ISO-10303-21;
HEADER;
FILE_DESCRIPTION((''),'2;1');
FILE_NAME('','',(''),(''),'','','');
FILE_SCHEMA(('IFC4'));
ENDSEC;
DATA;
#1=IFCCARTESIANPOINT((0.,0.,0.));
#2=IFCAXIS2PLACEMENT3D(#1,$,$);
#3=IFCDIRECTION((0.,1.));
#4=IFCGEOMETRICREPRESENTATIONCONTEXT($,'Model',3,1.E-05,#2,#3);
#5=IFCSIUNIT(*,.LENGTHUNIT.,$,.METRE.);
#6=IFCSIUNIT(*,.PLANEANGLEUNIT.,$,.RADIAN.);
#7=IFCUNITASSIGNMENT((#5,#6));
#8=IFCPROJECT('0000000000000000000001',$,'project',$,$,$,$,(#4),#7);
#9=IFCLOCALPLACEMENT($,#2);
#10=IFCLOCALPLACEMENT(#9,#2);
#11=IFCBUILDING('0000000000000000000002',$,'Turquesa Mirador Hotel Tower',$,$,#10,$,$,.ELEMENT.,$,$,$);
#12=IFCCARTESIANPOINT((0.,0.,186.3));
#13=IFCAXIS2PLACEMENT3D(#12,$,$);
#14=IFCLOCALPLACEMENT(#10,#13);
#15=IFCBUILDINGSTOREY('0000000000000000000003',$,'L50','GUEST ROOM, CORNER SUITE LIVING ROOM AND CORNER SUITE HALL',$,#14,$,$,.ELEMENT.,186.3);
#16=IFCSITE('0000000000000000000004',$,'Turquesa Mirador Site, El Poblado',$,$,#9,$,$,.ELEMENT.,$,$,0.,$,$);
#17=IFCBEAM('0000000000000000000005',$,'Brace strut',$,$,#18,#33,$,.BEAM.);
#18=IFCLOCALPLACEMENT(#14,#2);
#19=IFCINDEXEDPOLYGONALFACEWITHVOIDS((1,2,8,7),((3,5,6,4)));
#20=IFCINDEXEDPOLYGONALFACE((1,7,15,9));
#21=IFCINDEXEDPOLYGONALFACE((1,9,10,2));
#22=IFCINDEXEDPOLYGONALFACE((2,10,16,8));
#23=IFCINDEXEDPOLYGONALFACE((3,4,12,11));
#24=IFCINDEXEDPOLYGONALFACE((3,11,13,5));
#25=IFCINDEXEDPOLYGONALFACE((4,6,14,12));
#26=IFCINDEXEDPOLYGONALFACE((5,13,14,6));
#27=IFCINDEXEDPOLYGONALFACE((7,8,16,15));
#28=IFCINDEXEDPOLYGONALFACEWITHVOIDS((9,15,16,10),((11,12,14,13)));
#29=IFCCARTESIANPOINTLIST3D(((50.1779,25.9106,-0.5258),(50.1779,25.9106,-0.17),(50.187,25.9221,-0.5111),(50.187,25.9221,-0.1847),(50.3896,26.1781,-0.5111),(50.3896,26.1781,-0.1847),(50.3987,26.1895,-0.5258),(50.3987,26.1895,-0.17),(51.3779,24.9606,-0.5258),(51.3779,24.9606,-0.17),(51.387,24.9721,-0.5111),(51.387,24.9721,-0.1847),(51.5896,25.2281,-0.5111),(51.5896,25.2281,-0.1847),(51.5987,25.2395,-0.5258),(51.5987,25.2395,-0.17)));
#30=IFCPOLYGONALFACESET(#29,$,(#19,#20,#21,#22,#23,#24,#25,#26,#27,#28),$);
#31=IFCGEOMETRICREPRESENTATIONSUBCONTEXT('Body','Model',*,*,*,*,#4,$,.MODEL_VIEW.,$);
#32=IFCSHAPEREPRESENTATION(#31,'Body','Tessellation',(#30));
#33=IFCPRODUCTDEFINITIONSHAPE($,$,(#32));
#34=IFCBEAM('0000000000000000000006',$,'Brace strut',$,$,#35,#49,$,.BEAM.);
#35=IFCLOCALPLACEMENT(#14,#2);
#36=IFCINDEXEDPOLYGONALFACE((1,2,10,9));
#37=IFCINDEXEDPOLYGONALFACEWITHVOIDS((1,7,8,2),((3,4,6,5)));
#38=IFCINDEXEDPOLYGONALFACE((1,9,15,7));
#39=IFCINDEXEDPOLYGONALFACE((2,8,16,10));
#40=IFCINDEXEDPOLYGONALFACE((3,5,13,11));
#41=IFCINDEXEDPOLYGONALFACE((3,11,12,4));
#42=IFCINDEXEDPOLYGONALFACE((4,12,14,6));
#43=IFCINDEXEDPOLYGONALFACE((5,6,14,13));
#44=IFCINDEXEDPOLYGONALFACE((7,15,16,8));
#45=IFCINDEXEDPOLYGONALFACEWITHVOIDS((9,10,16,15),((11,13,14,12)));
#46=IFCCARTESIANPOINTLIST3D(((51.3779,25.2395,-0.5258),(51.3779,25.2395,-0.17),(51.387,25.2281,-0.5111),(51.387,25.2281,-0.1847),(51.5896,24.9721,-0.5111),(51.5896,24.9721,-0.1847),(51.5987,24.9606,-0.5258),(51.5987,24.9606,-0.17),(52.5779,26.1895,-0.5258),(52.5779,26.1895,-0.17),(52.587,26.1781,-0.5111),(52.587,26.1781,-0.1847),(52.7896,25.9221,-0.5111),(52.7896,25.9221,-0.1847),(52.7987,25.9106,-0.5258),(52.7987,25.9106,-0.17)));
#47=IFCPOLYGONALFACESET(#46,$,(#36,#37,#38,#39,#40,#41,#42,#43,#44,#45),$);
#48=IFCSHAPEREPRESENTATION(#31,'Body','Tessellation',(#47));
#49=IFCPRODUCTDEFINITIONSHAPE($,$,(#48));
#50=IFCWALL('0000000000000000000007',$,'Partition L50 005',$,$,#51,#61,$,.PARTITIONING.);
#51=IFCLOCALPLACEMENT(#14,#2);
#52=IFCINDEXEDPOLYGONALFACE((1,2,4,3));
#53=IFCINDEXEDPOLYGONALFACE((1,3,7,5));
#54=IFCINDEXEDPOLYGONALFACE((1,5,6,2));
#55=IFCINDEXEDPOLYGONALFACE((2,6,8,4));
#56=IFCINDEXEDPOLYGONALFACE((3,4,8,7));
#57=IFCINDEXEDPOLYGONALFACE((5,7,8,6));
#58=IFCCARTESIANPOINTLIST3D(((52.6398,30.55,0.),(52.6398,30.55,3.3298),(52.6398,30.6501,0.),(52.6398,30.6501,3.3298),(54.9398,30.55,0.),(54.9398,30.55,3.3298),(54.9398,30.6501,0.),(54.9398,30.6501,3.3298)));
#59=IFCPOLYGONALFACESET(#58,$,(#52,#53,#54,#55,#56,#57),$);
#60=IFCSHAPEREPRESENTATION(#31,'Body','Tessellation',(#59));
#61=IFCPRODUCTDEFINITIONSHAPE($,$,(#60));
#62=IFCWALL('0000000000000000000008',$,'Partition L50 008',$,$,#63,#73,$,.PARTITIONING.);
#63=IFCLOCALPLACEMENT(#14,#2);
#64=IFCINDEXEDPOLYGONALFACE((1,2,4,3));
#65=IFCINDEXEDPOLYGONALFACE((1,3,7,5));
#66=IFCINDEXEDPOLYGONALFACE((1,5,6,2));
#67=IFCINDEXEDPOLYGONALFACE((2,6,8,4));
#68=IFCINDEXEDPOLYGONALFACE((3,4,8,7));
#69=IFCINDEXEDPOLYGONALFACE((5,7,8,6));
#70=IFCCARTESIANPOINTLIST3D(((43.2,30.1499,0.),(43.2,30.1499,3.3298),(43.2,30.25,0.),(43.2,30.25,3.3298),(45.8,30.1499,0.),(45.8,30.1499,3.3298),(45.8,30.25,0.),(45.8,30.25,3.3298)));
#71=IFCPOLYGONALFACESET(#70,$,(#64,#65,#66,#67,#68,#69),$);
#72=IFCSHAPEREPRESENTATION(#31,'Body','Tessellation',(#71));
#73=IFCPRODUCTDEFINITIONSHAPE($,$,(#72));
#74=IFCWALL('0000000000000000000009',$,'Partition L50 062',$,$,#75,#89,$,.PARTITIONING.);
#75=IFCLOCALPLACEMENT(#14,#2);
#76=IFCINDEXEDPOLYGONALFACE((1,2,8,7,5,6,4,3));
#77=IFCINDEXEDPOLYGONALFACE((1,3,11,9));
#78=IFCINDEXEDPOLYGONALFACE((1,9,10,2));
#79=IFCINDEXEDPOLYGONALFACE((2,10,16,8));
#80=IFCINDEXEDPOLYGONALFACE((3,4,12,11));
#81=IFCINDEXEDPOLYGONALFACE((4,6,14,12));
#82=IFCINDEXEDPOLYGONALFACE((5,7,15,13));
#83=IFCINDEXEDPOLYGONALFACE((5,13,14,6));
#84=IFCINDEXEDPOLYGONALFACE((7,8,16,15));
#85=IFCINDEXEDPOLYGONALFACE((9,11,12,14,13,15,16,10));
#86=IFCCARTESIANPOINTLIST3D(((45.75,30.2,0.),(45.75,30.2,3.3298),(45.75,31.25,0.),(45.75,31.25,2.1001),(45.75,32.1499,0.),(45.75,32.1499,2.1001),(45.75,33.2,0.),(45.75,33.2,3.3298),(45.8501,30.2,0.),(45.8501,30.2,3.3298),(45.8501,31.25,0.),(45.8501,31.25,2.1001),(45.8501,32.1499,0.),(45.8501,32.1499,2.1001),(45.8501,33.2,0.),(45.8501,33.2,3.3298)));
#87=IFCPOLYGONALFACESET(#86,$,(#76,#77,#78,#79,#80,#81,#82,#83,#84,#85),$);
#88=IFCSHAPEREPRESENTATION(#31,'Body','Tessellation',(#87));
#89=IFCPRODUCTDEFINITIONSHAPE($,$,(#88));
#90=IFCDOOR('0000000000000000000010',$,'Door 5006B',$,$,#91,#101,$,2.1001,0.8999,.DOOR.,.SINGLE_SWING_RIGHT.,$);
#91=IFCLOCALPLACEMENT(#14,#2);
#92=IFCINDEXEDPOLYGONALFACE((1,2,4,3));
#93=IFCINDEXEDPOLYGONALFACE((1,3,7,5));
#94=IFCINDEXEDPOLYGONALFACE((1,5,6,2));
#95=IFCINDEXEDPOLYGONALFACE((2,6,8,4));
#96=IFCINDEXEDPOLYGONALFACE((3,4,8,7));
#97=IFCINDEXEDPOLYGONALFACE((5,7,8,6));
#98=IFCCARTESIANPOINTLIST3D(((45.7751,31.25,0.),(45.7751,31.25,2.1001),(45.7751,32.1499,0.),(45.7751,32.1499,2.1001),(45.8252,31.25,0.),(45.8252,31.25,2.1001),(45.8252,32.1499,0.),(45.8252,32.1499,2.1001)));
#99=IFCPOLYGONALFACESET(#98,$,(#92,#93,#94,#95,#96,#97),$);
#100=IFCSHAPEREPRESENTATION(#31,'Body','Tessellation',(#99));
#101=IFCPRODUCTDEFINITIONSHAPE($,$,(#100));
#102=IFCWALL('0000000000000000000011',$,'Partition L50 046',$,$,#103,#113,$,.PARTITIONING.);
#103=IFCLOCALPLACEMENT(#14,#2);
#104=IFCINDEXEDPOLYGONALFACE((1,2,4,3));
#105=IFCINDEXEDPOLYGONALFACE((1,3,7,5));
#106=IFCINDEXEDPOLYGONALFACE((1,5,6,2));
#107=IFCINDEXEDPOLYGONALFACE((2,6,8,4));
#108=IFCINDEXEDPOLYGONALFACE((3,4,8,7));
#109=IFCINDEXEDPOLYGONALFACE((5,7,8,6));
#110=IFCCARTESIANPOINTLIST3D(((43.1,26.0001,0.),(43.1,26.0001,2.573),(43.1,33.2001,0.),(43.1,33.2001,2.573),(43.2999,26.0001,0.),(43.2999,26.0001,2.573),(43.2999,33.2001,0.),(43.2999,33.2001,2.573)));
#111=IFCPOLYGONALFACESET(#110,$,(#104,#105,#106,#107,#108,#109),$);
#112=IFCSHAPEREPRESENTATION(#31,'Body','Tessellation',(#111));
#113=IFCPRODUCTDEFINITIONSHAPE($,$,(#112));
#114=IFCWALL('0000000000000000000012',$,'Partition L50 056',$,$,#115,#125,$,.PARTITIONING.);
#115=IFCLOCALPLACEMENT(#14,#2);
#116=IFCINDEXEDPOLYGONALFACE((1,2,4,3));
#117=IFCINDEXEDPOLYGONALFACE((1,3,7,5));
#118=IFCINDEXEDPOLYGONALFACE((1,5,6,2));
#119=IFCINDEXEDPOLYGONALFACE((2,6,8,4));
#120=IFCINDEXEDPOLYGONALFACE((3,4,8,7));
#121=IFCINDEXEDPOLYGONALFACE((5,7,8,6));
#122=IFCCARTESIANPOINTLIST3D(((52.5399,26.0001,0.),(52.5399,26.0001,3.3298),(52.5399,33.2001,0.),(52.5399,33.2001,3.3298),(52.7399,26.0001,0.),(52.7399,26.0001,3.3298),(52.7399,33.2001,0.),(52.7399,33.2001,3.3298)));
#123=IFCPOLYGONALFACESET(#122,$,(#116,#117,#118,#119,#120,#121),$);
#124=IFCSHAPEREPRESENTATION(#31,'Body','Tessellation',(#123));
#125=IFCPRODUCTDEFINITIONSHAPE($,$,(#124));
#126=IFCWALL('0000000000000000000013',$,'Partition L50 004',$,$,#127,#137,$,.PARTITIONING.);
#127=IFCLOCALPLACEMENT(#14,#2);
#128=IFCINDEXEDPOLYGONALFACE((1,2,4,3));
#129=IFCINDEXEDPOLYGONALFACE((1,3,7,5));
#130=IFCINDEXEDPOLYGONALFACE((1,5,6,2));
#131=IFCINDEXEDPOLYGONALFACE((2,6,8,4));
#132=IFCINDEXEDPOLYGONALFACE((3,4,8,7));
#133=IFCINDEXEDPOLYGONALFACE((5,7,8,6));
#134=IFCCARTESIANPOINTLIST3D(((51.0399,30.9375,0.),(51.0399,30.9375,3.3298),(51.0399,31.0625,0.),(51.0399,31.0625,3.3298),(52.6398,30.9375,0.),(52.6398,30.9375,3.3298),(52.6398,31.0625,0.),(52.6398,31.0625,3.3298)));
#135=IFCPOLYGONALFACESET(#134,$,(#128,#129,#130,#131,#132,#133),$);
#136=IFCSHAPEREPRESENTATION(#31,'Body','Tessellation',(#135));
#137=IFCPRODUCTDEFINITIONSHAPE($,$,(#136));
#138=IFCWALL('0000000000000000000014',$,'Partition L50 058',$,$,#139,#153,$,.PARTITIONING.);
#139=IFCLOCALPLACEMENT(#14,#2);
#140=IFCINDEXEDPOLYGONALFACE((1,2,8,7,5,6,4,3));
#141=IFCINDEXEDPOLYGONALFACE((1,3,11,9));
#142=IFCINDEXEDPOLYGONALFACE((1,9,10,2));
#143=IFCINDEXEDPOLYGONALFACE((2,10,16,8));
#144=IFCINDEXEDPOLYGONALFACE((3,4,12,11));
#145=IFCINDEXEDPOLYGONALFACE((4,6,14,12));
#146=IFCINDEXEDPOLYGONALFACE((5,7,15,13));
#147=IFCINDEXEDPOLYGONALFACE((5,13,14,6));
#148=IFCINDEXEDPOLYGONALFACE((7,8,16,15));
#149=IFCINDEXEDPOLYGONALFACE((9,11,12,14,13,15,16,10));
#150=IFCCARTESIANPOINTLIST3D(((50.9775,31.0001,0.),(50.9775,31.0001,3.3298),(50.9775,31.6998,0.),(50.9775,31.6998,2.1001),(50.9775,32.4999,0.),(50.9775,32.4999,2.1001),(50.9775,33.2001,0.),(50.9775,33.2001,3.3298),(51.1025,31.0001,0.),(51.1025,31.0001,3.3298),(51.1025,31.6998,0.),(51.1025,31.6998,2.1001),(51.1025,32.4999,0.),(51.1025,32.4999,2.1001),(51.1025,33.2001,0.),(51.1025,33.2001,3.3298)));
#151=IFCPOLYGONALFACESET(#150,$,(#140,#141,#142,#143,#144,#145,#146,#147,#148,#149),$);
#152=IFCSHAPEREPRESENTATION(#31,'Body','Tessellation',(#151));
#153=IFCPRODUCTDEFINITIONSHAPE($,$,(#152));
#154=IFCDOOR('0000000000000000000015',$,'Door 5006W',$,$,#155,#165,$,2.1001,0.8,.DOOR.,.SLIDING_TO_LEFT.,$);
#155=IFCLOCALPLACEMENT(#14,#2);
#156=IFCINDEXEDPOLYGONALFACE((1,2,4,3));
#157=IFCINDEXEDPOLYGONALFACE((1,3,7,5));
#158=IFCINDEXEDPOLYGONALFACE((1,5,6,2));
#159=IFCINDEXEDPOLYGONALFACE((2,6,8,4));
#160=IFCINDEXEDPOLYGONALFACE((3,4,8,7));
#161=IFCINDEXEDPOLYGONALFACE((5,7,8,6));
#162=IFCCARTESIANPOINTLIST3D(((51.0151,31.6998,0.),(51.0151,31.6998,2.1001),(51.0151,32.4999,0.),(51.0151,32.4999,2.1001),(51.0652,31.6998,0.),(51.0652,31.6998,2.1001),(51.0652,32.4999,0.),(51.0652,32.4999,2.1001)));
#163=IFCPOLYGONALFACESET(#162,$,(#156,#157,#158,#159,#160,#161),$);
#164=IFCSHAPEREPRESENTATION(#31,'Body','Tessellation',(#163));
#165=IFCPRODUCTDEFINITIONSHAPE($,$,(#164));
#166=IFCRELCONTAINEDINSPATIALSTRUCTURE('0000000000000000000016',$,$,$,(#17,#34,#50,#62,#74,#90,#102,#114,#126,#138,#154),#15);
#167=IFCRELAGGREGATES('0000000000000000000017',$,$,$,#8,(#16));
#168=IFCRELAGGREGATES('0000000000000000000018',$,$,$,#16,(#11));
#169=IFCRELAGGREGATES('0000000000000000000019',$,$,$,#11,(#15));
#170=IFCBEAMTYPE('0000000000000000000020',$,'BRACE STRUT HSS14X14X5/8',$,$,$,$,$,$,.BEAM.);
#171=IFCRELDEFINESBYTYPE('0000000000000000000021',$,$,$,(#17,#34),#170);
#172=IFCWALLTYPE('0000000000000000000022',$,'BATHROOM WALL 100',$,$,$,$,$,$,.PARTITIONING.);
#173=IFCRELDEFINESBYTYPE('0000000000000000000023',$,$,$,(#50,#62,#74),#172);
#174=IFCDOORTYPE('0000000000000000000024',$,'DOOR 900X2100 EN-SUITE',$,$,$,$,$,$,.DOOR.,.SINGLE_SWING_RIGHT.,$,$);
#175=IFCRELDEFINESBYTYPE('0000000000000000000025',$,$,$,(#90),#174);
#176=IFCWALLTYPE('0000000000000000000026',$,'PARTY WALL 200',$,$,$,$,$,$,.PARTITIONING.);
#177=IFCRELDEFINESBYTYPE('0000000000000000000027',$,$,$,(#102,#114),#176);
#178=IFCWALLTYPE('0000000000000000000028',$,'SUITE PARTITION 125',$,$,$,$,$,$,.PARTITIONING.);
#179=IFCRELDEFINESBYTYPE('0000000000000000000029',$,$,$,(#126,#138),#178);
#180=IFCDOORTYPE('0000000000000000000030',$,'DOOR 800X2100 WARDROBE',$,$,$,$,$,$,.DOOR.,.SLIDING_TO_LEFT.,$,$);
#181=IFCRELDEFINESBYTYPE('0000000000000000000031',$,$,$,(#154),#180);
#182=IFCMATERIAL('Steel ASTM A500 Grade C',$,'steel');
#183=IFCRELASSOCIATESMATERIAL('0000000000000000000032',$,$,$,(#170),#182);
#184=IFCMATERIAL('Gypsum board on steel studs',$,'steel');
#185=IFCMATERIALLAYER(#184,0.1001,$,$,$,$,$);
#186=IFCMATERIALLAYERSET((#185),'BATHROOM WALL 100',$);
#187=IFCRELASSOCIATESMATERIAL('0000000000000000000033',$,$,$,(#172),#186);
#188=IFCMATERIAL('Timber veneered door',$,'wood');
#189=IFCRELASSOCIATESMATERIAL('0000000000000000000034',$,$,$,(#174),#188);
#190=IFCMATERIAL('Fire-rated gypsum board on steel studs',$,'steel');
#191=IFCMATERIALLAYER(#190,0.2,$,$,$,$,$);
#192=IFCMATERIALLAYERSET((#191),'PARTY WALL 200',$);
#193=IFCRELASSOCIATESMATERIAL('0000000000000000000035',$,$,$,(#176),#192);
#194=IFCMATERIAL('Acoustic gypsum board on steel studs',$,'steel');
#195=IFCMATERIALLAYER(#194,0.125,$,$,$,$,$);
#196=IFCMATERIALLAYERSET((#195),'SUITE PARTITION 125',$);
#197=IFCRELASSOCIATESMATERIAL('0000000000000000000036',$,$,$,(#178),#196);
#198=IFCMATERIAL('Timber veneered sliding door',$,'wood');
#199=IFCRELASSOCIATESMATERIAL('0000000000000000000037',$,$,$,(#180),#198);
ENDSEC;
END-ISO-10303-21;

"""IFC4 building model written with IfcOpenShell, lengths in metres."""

from ifc_helpers import new_model, si_unit, direction, frame, frame_2d, origin, origin_2d, place, context, subcontext, project, spatial, rectangle, hollow_rectangle, extrude, material, layer, layer_set, material_profile, profile_set, type_object, element, fill, save


model = new_model("IFC4")

# Units and contexts
model_context = context("Model", 3, precision=1e-05, world=origin(), true_north=direction((0.0, 1.0)))
body_context = subcontext(model_context, "Body", "Model", "MODEL_VIEW")
ifc_project = project(units=[si_unit("LENGTHUNIT", "METRE"), si_unit("PLANEANGLEUNIT", "RADIAN")], contexts=[model_context])

# Site, building, storey
site_placement = place(None, origin())
site = spatial("IfcSite", under=ifc_project, at=site_placement, Name="Turquesa Mirador Site, El Poblado", CompositionType="ELEMENT", RefElevation=0.0)
building_placement = place(site_placement, origin())
building = spatial("IfcBuilding", under=site, at=building_placement, Name="Turquesa Mirador Hotel Tower", CompositionType="ELEMENT")
storey_placement = place(building_placement, frame((0.0, 0.0, 186.3)))
storey = spatial("IfcBuildingStorey", under=building, at=storey_placement, Name="L50", Description="GUEST ROOM, CORNER SUITE LIVING ROOM AND CORNER SUITE HALL", CompositionType="ELEMENT", Elevation=186.3)

# Beams
ifc_material_1 = material(Name="Steel ASTM A500 Grade C", Category="steel")
ifc_material_profile_1 = material_profile(ifc_material_1, hollow_rectangle(XDim=0.3557, YDim=0.3557, WallThickness=0.0146, at=origin_2d()), Name="HSS14X14X5/8")
ifc_profile_set_1 = profile_set([ifc_material_profile_1], Name="Steel ASTM A500 Grade C")
beam_type_1 = type_object("IfcBeamType", Name="BRACE STRUT HSS14X14X5/8", PredefinedType="BEAM", material=ifc_profile_set_1)
for number, where, z_axis, x_axis, name in (
    (1, (51.4883, 25.1001, -0.3479), (-0.784049, 0.620699, 0.0), (-0.620699, -0.784049, 0.0), "Brace strut"),
    (2, (51.4883, 25.1001, -0.3479), (0.784049, 0.620699, 0.0), (-0.620699, 0.784049, 0.0), "Brace strut"),
):
    element("IfcBeam", number, at=place(storey_placement, frame(where, z_axis=z_axis, x_axis=x_axis)), inside=storey, type_object=beam_type_1, Name=name, PredefinedType="BEAM", context=body_context, shape_type="SweptSolid", body=[
        extrude(hollow_rectangle(XDim=0.3557, YDim=0.3557, WallThickness=0.0146, at=origin_2d()), origin(), (0.0, 0.0, 1.0), 1.5305),
    ])

# Walls
ifc_material_2 = material(Name="Gypsum board on steel studs", Category="steel")
ifc_layer_1 = layer(ifc_material_2, 0.1001)
ifc_layer_set_1 = layer_set([ifc_layer_1], Name="BATHROOM WALL 100")
wall_type_1 = type_object("IfcWallType", Name="BATHROOM WALL 100", PredefinedType="PARTITIONING", material=ifc_layer_set_1)
wall_1_placement = place(storey_placement, frame((52.6399, 30.6001, 0.0), z_axis=(0.0, 0.0, 1.0), x_axis=(1.0, 0.0, 0.0)))
element("IfcWall", 3, at=wall_1_placement, inside=storey, type_object=wall_type_1, Name="Partition L50 005", PredefinedType="PARTITIONING", context=body_context, shape_type="SweptSolid", body=[
    extrude(rectangle(XDim=2.3, YDim=0.1001, at=frame_2d((1.1499, 0.0))), origin(), (0.0, 0.0, 1.0), 3.3298),
])
wall_2_placement = place(storey_placement, frame((43.2, 30.2, 0.0), z_axis=(0.0, 0.0, 1.0), x_axis=(1.0, 0.0, 0.0)))
element("IfcWall", 4, at=wall_2_placement, inside=storey, type_object=wall_type_1, Name="Partition L50 008", PredefinedType="PARTITIONING", context=body_context, shape_type="SweptSolid", body=[
    extrude(rectangle(XDim=2.6001, YDim=0.1001, at=frame_2d((1.3, 0.0))), origin(), (0.0, 0.0, 1.0), 3.3298),
])

# Wall, opening, door
wall_3_placement = place(storey_placement, frame((45.8, 30.2, 0.0), z_axis=(0.0, 0.0, 1.0), x_axis=(0.0, 1.0, 0.0)))
wall_3 = element("IfcWall", 5, at=wall_3_placement, inside=storey, type_object=wall_type_1, Name="Partition L50 062", PredefinedType="PARTITIONING", context=body_context, shape_type="SweptSolid", body=[
    extrude(rectangle(XDim=3.0, YDim=0.1001, at=frame_2d((1.5, 0.0))), origin(), (0.0, 0.0, 1.0), 3.3298),
])
opening_1_placement = place(wall_3_placement, frame((1.05, 0.0, 0.0)))
opening_1 = element("IfcOpeningElement", 6, at=opening_1_placement, cuts=wall_3, PredefinedType="OPENING", context=body_context, shape_type="SweptSolid", body=[
    extrude(rectangle(XDim=0.8999, YDim=2.1001, at=frame_2d((0.45, 1.05))), frame((0.0, 0.0601, 0.0), z_axis=(0.0, -1.0, 0.0), x_axis=(1.0, 0.0, 0.0)), (0.0, 0.0, 1.0), 0.1201),
])
ifc_material_3 = material(Name="Timber veneered door", Category="wood")
door_type_1 = type_object("IfcDoorType", Name="DOOR 900X2100 EN-SUITE", OperationType="SINGLE_SWING_RIGHT", PredefinedType="DOOR", material=ifc_material_3)
door_1_placement = place(opening_1_placement, origin())
door_1 = element("IfcDoor", 7, at=door_1_placement, inside=storey, type_object=door_type_1, Name="Door 5006B", OperationType="SINGLE_SWING_RIGHT", OverallHeight=2.1001, OverallWidth=0.8999, PredefinedType="DOOR", context=body_context, shape_type="SweptSolid", body=[
    extrude(rectangle(XDim=0.8999, YDim=2.1001, at=frame_2d((0.45, 1.05))), frame((0.0, 0.0249, 0.0), z_axis=(0.0, -1.0, 0.0), x_axis=(1.0, 0.0, 0.0)), (0.0, 0.0, 1.0), 0.05),
])
fill(opening_1, door_1)

# Walls
ifc_material_4 = material(Name="Fire-rated gypsum board on steel studs", Category="steel")
ifc_layer_2 = layer(ifc_material_4, 0.2)
ifc_layer_set_2 = layer_set([ifc_layer_2], Name="PARTY WALL 200")
wall_type_2 = type_object("IfcWallType", Name="PARTY WALL 200", PredefinedType="PARTITIONING", material=ifc_layer_set_2)
wall_4_placement = place(storey_placement, frame((43.2, 26.0, 0.0), z_axis=(0.0, 0.0, 1.0), x_axis=(0.0, 1.0, 0.0)))
element("IfcWall", 8, at=wall_4_placement, inside=storey, type_object=wall_type_2, Name="Partition L50 046", PredefinedType="PARTITIONING", context=body_context, shape_type="SweptSolid", body=[
    extrude(rectangle(XDim=7.2, YDim=0.2, at=frame_2d((3.6001, 0.0))), origin(), (0.0, 0.0, 1.0), 2.573),
])
wall_5_placement = place(storey_placement, frame((52.6399, 26.0, 0.0), z_axis=(0.0, 0.0, 1.0), x_axis=(0.0, 1.0, 0.0)))
element("IfcWall", 9, at=wall_5_placement, inside=storey, type_object=wall_type_2, Name="Partition L50 056", PredefinedType="PARTITIONING", context=body_context, shape_type="SweptSolid", body=[
    extrude(rectangle(XDim=7.2, YDim=0.2, at=frame_2d((3.6001, 0.0))), origin(), (0.0, 0.0, 1.0), 3.3298),
])
ifc_material_5 = material(Name="Acoustic gypsum board on steel studs", Category="steel")
ifc_layer_3 = layer(ifc_material_5, 0.125)
ifc_layer_set_3 = layer_set([ifc_layer_3], Name="SUITE PARTITION 125")
wall_type_3 = type_object("IfcWallType", Name="SUITE PARTITION 125", PredefinedType="PARTITIONING", material=ifc_layer_set_3)
wall_6_placement = place(storey_placement, frame((51.04, 31.0, 0.0), z_axis=(0.0, 0.0, 1.0), x_axis=(1.0, 0.0, 0.0)))
element("IfcWall", 10, at=wall_6_placement, inside=storey, type_object=wall_type_3, Name="Partition L50 004", PredefinedType="PARTITIONING", context=body_context, shape_type="SweptSolid", body=[
    extrude(rectangle(XDim=1.5999, YDim=0.125, at=frame_2d((0.7998, 0.0))), origin(), (0.0, 0.0, 1.0), 3.3298),
])

# Wall, opening, door
wall_7_placement = place(storey_placement, frame((51.04, 31.0, 0.0), z_axis=(0.0, 0.0, 1.0), x_axis=(0.0, 1.0, 0.0)))
wall_7 = element("IfcWall", 11, at=wall_7_placement, inside=storey, type_object=wall_type_3, Name="Partition L50 058", PredefinedType="PARTITIONING", context=body_context, shape_type="SweptSolid", body=[
    extrude(rectangle(XDim=2.2, YDim=0.125, at=frame_2d((1.1001, 0.0))), origin(), (0.0, 0.0, 1.0), 3.3298),
])
opening_2_placement = place(wall_7_placement, frame((0.7, 0.0, 0.0)))
opening_2 = element("IfcOpeningElement", 12, at=opening_2_placement, cuts=wall_7, PredefinedType="OPENING", context=body_context, shape_type="SweptSolid", body=[
    extrude(rectangle(XDim=0.8, YDim=2.1001, at=frame_2d((0.3999, 1.05))), frame((0.0, 0.0725, 0.0), z_axis=(0.0, -1.0, 0.0), x_axis=(1.0, 0.0, 0.0)), (0.0, 0.0, 1.0), 0.145),
])
ifc_material_6 = material(Name="Timber veneered sliding door", Category="wood")
door_type_2 = type_object("IfcDoorType", Name="DOOR 800X2100 WARDROBE", OperationType="SLIDING_TO_LEFT", PredefinedType="DOOR", material=ifc_material_6)
door_2_placement = place(opening_2_placement, origin())
door_2 = element("IfcDoor", 13, at=door_2_placement, inside=storey, type_object=door_type_2, Name="Door 5006W", OperationType="SLIDING_TO_LEFT", OverallHeight=2.1001, OverallWidth=0.8, PredefinedType="DOOR", context=body_context, shape_type="SweptSolid", body=[
    extrude(rectangle(XDim=0.8, YDim=2.1001, at=frame_2d((0.3999, 1.05))), frame((0.0, 0.0249, 0.0), z_axis=(0.0, -1.0, 0.0), x_axis=(1.0, 0.0, 0.0)), (0.0, 0.0, 1.0), 0.05),
])
fill(opening_2, door_2)

save(model, "model.ifc")
